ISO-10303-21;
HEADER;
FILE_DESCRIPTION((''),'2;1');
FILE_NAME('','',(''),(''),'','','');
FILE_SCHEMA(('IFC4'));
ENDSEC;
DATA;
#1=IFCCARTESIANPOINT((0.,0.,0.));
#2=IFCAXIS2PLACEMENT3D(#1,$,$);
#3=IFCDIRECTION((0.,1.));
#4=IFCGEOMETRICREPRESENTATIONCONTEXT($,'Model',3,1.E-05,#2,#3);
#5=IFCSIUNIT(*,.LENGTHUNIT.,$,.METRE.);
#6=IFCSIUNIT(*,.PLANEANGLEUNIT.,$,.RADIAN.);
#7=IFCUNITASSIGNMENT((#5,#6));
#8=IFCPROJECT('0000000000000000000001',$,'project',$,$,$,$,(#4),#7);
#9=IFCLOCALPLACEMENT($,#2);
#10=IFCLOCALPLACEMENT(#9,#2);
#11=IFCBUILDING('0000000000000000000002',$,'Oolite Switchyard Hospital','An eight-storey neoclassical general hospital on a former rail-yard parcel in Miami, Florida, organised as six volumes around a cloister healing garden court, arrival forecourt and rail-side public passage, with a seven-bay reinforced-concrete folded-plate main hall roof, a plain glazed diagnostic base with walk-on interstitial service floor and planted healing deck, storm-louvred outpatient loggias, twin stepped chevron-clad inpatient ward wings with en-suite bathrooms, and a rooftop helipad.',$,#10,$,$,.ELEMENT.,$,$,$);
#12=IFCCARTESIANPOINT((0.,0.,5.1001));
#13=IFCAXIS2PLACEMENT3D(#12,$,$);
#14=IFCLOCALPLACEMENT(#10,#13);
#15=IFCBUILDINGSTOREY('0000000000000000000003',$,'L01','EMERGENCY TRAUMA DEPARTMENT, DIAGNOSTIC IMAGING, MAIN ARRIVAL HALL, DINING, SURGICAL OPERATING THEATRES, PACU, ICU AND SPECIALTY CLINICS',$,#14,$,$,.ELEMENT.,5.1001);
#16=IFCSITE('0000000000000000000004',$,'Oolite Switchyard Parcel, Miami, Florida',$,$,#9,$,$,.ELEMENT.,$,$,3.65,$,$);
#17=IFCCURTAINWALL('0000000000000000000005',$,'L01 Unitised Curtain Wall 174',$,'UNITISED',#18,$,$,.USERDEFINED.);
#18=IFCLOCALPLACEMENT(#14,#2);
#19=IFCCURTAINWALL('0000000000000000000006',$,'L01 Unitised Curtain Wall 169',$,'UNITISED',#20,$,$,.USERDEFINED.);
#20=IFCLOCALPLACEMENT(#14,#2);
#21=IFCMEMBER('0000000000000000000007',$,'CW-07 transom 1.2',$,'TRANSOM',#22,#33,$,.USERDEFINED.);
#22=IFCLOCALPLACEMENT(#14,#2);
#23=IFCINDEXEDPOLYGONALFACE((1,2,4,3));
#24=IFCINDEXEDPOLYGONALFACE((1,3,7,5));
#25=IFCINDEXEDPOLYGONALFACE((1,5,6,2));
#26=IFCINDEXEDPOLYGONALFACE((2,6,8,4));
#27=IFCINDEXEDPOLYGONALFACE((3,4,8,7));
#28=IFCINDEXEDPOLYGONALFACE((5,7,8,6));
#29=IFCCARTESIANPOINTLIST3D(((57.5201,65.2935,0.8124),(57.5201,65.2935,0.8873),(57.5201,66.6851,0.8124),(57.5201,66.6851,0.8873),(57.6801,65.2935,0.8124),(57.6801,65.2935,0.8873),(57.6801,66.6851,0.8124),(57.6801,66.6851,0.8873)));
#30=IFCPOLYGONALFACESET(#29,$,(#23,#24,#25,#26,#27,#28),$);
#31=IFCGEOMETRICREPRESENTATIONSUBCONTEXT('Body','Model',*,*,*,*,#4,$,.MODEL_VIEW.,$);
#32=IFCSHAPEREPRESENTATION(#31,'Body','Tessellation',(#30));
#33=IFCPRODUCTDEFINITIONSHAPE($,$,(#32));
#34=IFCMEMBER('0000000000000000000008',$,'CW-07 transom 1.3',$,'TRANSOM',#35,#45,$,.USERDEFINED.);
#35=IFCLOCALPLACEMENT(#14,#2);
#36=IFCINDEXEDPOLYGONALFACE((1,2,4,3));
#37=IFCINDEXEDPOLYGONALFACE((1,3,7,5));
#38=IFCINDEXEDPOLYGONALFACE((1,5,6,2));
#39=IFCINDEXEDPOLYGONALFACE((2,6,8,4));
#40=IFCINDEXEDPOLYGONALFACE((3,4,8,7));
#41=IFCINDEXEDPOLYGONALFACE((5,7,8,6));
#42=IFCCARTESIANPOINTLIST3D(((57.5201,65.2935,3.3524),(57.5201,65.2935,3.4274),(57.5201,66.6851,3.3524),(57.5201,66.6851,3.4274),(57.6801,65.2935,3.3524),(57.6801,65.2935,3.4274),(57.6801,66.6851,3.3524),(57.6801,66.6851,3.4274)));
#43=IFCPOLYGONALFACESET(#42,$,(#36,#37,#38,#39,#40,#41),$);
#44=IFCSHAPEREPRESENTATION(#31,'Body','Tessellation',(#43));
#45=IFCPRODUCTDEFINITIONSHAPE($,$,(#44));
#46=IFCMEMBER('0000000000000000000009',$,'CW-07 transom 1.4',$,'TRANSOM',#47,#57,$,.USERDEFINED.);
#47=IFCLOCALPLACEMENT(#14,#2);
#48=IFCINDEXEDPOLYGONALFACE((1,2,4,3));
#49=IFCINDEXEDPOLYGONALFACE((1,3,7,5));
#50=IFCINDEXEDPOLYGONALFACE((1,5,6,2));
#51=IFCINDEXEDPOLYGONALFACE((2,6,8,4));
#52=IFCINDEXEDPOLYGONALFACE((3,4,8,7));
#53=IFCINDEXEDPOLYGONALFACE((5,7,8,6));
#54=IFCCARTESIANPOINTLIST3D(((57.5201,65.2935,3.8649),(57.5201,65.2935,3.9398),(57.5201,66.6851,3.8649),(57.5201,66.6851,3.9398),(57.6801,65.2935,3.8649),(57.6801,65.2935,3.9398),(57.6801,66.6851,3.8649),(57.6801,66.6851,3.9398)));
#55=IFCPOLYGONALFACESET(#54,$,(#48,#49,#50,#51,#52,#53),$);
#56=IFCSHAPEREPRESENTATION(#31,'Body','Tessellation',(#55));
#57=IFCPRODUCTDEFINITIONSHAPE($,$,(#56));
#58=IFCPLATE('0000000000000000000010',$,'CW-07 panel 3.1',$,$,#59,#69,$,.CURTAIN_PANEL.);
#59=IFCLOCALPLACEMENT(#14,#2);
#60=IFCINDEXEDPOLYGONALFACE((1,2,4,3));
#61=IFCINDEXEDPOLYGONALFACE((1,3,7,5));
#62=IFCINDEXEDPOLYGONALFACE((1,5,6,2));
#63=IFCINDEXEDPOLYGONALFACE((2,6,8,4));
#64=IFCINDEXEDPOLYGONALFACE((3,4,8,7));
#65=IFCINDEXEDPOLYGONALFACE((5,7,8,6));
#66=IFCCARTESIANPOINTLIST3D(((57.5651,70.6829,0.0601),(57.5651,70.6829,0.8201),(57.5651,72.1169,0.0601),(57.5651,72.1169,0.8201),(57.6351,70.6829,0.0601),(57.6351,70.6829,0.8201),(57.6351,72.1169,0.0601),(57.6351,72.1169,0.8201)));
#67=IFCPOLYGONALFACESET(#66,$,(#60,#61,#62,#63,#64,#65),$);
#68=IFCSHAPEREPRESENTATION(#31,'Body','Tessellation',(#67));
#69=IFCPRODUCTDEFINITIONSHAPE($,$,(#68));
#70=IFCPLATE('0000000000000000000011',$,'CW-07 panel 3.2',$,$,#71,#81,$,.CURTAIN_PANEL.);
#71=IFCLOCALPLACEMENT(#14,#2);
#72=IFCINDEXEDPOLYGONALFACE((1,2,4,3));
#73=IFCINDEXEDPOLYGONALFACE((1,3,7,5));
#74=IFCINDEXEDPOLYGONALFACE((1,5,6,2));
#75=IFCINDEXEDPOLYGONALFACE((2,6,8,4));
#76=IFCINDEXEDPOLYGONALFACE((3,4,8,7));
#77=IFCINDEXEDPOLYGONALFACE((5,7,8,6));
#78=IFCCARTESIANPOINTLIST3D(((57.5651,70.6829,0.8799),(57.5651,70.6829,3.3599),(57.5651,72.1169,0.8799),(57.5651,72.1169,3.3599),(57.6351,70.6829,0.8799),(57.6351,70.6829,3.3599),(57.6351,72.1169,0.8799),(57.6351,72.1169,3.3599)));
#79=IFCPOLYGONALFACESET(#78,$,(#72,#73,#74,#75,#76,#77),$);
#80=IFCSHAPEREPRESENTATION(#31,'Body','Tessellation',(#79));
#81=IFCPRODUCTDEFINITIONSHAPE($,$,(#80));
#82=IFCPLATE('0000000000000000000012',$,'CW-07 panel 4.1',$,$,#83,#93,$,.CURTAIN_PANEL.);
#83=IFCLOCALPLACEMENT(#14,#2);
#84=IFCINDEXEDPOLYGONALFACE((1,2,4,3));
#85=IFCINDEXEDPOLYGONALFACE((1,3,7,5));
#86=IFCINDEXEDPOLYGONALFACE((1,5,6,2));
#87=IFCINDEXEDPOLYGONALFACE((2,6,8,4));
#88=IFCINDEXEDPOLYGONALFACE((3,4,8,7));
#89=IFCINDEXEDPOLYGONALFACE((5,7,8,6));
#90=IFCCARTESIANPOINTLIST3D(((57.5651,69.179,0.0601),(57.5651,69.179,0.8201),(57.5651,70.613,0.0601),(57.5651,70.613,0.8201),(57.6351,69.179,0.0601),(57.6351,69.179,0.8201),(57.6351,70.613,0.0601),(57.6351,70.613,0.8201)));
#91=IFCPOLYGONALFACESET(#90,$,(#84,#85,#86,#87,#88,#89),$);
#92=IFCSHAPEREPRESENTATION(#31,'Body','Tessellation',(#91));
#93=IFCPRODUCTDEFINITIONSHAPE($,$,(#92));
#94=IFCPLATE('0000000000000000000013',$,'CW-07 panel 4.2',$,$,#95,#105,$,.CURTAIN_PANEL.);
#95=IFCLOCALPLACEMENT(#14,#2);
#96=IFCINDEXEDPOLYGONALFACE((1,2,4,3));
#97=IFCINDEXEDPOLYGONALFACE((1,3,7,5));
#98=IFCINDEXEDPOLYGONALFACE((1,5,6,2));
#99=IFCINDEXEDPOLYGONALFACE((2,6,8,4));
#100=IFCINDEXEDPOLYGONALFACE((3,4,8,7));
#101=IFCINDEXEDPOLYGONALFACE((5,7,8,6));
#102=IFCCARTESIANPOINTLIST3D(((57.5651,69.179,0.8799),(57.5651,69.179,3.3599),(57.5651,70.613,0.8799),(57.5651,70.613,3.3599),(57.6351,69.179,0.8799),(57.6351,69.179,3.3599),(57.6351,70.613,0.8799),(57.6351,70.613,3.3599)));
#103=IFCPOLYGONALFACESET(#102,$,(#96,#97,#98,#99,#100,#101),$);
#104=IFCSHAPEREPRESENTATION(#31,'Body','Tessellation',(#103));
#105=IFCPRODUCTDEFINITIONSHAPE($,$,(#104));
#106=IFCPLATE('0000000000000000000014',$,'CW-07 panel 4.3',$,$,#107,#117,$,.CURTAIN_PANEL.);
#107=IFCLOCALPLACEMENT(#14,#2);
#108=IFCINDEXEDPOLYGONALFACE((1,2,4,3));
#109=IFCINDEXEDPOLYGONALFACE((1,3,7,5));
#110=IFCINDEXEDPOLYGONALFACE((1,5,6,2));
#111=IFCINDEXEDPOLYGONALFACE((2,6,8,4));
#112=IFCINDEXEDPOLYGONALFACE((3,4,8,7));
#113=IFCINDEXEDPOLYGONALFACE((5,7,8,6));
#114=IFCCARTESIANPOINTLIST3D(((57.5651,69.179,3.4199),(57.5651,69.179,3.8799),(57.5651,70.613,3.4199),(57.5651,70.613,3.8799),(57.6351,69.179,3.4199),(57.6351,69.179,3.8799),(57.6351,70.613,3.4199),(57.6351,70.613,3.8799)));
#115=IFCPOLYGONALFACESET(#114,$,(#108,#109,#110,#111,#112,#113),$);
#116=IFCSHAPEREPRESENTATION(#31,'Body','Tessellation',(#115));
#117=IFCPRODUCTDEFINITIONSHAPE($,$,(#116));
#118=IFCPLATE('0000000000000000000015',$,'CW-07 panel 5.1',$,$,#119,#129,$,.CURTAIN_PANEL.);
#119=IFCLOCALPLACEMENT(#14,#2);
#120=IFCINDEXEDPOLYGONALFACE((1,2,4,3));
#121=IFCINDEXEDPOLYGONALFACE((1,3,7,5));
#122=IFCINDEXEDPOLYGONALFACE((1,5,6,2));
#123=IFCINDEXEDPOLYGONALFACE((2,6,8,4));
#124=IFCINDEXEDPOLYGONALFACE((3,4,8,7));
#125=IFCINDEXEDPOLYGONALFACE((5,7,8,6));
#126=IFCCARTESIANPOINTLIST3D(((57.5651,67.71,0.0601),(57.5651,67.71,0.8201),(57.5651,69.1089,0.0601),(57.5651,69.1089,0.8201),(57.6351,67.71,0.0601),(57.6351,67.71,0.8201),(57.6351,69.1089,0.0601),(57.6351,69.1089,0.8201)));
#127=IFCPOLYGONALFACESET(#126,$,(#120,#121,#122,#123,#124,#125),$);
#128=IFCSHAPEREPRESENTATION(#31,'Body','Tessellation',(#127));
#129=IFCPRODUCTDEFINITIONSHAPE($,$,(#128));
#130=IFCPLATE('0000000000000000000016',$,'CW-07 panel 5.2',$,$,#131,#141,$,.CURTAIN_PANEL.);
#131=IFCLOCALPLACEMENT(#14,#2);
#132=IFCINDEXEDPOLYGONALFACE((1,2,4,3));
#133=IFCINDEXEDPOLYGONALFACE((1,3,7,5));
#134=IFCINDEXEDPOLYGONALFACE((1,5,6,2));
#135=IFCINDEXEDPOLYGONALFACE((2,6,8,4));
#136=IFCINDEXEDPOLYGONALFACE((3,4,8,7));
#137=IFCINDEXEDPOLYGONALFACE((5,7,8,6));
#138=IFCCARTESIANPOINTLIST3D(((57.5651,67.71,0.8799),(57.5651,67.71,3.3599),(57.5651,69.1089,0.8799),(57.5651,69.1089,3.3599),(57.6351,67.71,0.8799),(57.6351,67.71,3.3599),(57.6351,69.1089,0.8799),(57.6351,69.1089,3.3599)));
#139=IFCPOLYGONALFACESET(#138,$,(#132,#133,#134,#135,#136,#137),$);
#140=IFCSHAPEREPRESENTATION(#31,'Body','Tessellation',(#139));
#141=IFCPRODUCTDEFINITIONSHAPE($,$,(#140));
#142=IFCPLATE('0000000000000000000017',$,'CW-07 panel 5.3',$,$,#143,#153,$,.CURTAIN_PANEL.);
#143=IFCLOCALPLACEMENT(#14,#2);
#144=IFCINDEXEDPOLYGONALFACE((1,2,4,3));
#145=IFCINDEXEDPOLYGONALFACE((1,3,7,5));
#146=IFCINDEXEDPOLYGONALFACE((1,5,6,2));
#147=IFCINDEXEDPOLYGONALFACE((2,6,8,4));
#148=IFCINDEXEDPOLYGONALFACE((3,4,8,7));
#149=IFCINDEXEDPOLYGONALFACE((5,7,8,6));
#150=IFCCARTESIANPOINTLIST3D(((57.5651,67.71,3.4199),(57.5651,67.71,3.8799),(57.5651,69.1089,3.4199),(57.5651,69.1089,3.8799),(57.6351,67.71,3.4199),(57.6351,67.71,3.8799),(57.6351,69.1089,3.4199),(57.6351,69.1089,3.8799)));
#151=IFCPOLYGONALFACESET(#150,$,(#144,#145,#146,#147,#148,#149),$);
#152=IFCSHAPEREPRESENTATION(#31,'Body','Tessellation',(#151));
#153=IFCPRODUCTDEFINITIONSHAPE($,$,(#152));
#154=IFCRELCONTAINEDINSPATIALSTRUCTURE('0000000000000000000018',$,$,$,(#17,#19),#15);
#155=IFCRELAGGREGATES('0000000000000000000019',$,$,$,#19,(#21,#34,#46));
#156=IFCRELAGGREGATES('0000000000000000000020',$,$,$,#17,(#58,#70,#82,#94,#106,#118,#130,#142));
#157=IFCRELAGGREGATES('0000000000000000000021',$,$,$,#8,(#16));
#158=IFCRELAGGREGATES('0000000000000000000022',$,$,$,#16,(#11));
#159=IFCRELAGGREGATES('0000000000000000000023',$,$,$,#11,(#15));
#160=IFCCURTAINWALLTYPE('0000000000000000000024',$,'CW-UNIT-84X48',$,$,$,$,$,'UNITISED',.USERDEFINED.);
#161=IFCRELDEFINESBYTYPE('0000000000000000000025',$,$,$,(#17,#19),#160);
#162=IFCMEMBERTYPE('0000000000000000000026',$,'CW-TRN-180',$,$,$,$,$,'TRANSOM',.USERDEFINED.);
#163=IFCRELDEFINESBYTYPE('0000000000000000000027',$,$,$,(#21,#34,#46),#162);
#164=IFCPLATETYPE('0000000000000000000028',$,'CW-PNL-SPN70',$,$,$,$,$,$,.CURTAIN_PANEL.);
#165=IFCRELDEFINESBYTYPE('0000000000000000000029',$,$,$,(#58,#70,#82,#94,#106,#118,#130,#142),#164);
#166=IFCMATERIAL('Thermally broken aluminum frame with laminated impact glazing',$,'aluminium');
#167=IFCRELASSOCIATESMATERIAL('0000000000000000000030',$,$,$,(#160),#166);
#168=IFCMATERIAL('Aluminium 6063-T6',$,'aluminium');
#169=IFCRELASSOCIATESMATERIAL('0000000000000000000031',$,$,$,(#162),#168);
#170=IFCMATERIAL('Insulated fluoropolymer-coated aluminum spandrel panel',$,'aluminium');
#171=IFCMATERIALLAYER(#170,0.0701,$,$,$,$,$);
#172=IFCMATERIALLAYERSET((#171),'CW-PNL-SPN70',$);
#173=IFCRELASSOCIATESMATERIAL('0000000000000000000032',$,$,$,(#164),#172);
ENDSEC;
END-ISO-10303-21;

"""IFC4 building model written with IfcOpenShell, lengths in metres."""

from ifc_helpers import new_model, si_unit, direction, frame, origin, origin_2d, place, context, subcontext, project, spatial, rectangle, extrude, material, layer, layer_set, material_profile, profile_set, type_object, element, aggregate, save


model = new_model("IFC4")

# Units and contexts
model_context = context("Model", 3, precision=1e-05, world=origin(), true_north=direction((0.0, 1.0)))
body_context = subcontext(model_context, "Body", "Model", "MODEL_VIEW")
ifc_project = project(units=[si_unit("LENGTHUNIT", "METRE"), si_unit("PLANEANGLEUNIT", "RADIAN")], contexts=[model_context])

# Site, building, storey
site_placement = place(None, origin())
site = spatial("IfcSite", under=ifc_project, at=site_placement, Name="Oolite Switchyard Parcel, Miami, Florida", CompositionType="ELEMENT", RefElevation=3.65)
building_placement = place(site_placement, origin())
building = spatial("IfcBuilding", under=site, at=building_placement, Name="Oolite Switchyard Hospital", Description="An eight-storey neoclassical general hospital on a former rail-yard parcel in Miami, Florida, organised as six volumes around a cloister healing garden court, arrival forecourt and rail-side public passage, with a seven-bay reinforced-concrete folded-plate main hall roof, a plain glazed diagnostic base with walk-on interstitial service floor and planted healing deck, storm-louvred outpatient loggias, twin stepped chevron-clad inpatient ward wings with en-suite bathrooms, and a rooftop helipad.", CompositionType="ELEMENT")
storey_placement = place(building_placement, frame((0.0, 0.0, 5.1001)))
storey = spatial("IfcBuildingStorey", under=building, at=storey_placement, Name="L01", Description="EMERGENCY TRAUMA DEPARTMENT, DIAGNOSTIC IMAGING, MAIN ARRIVAL HALL, DINING, SURGICAL OPERATING THEATRES, PACU, ICU AND SPECIALTY CLINICS", CompositionType="ELEMENT", Elevation=5.1001)

# Curtain wall
ifc_material_1 = material(Name="Thermally broken aluminum frame with laminated impact glazing", Category="aluminium")
curtain_wall_type = type_object("IfcCurtainWallType", Name="CW-UNIT-84X48", ElementType="UNITISED", PredefinedType="USERDEFINED", material=ifc_material_1)
curtain_wall_1_placement = place(storey_placement, origin())
curtain_wall_1 = element("IfcCurtainWall", 1, at=curtain_wall_1_placement, inside=storey, type_object=curtain_wall_type, Name="L01 Unitised Curtain Wall 174", ObjectType="UNITISED", PredefinedType="USERDEFINED")
ifc_material_2 = material(Name="Aluminium 6063-T6", Category="aluminium")

# Curtain wall
curtain_wall_2_placement = place(storey_placement, origin())
curtain_wall_2 = element("IfcCurtainWall", 2, at=curtain_wall_2_placement, inside=storey, type_object=curtain_wall_type, Name="L01 Unitised Curtain Wall 169", ObjectType="UNITISED", PredefinedType="USERDEFINED")

# Members
ifc_material_profile_1 = material_profile(ifc_material_2, rectangle(XDim=0.1599, YDim=0.075, at=origin_2d()), Name="CWT75X160")
ifc_profile_set_1 = profile_set([ifc_material_profile_1], Name="Aluminium 6063-T6")
member_type_1 = type_object("IfcMemberType", Name="CW-TRN-180", ElementType="TRANSOM", PredefinedType="USERDEFINED", material=ifc_profile_set_1)
member_1_placement = place(storey_placement, frame((57.6001, 66.6851, 0.8499), z_axis=(0.0, -1.0, 0.0), x_axis=(1.0, 0.0, 0.0)))
member_1 = element("IfcMember", 3, at=member_1_placement, type_object=member_type_1, Name="CW-07 transom 1.2", ObjectType="TRANSOM", PredefinedType="USERDEFINED", context=body_context, shape_type="SweptSolid", body=[
    extrude(rectangle(XDim=0.1599, YDim=0.075, at=origin_2d()), origin(), (0.0, 0.0, 1.0), 1.3916),
])
member_2_placement = place(storey_placement, frame((57.6001, 66.6851, 3.3899), z_axis=(0.0, -1.0, 0.0), x_axis=(1.0, 0.0, 0.0)))
member_2 = element("IfcMember", 4, at=member_2_placement, type_object=member_type_1, Name="CW-07 transom 1.3", ObjectType="TRANSOM", PredefinedType="USERDEFINED", context=body_context, shape_type="SweptSolid", body=[
    extrude(rectangle(XDim=0.1599, YDim=0.075, at=origin_2d()), origin(), (0.0, 0.0, 1.0), 1.3916),
])
member_3_placement = place(storey_placement, frame((57.6001, 66.6851, 3.9023), z_axis=(0.0, -1.0, 0.0), x_axis=(1.0, 0.0, 0.0)))
member_3 = element("IfcMember", 5, at=member_3_placement, type_object=member_type_1, Name="CW-07 transom 1.4", ObjectType="TRANSOM", PredefinedType="USERDEFINED", context=body_context, shape_type="SweptSolid", body=[
    extrude(rectangle(XDim=0.1599, YDim=0.075, at=origin_2d()), origin(), (0.0, 0.0, 1.0), 1.3916),
])
aggregate(curtain_wall_2, [member_1, member_2, member_3])

# Plates
ifc_material_3 = material(Name="Insulated fluoropolymer-coated aluminum spandrel panel", Category="aluminium")
ifc_layer = layer(ifc_material_3, 0.0701)
ifc_layer_set = layer_set([ifc_layer], Name="CW-PNL-SPN70")
plate_type = type_object("IfcPlateType", Name="CW-PNL-SPN70", PredefinedType="CURTAIN_PANEL", material=ifc_layer_set)
plate_1_placement = place(storey_placement, frame((57.6001, 71.3999, 0.0601), z_axis=(0.0, 0.0, 1.0), x_axis=(0.0, -1.0, 0.0)))
plate_1 = element("IfcPlate", 6, at=plate_1_placement, type_object=plate_type, Name="CW-07 panel 3.1", PredefinedType="CURTAIN_PANEL", context=body_context, shape_type="SweptSolid", body=[
    extrude(rectangle(XDim=1.4341, YDim=0.0701, at=origin_2d()), origin(), (0.0, 0.0, 1.0), 0.76),
])
plate_2_placement = place(storey_placement, frame((57.6001, 71.3999, 0.8799), z_axis=(0.0, 0.0, 1.0), x_axis=(0.0, -1.0, 0.0)))
plate_2 = element("IfcPlate", 7, at=plate_2_placement, type_object=plate_type, Name="CW-07 panel 3.2", PredefinedType="CURTAIN_PANEL", context=body_context, shape_type="SweptSolid", body=[
    extrude(rectangle(XDim=1.4341, YDim=0.0701, at=origin_2d()), origin(), (0.0, 0.0, 1.0), 2.48),
])
plate_3_placement = place(storey_placement, frame((57.6001, 69.896, 0.0601), z_axis=(0.0, 0.0, 1.0), x_axis=(0.0, -1.0, 0.0)))
plate_3 = element("IfcPlate", 8, at=plate_3_placement, type_object=plate_type, Name="CW-07 panel 4.1", PredefinedType="CURTAIN_PANEL", context=body_context, shape_type="SweptSolid", body=[
    extrude(rectangle(XDim=1.4341, YDim=0.0701, at=origin_2d()), origin(), (0.0, 0.0, 1.0), 0.76),
])
plate_4_placement = place(storey_placement, frame((57.6001, 69.896, 0.8799), z_axis=(0.0, 0.0, 1.0), x_axis=(0.0, -1.0, 0.0)))
plate_4 = element("IfcPlate", 9, at=plate_4_placement, type_object=plate_type, Name="CW-07 panel 4.2", PredefinedType="CURTAIN_PANEL", context=body_context, shape_type="SweptSolid", body=[
    extrude(rectangle(XDim=1.4341, YDim=0.0701, at=origin_2d()), origin(), (0.0, 0.0, 1.0), 2.48),
])
plate_5_placement = place(storey_placement, frame((57.6001, 69.896, 3.4199), z_axis=(0.0, 0.0, 1.0), x_axis=(0.0, -1.0, 0.0)))
plate_5 = element("IfcPlate", 10, at=plate_5_placement, type_object=plate_type, Name="CW-07 panel 4.3", PredefinedType="CURTAIN_PANEL", context=body_context, shape_type="SweptSolid", body=[
    extrude(rectangle(XDim=1.4341, YDim=0.0701, at=origin_2d()), origin(), (0.0, 0.0, 1.0), 0.46),
])
plate_6_placement = place(storey_placement, frame((57.6001, 68.4094, 0.0601), z_axis=(0.0, 0.0, 1.0), x_axis=(0.0, -1.0, 0.0)))
plate_6 = element("IfcPlate", 11, at=plate_6_placement, type_object=plate_type, Name="CW-07 panel 5.1", PredefinedType="CURTAIN_PANEL", context=body_context, shape_type="SweptSolid", body=[
    extrude(rectangle(XDim=1.3989, YDim=0.0701, at=origin_2d()), origin(), (0.0, 0.0, 1.0), 0.76),
])
plate_7_placement = place(storey_placement, frame((57.6001, 68.4094, 0.8799), z_axis=(0.0, 0.0, 1.0), x_axis=(0.0, -1.0, 0.0)))
plate_7 = element("IfcPlate", 12, at=plate_7_placement, type_object=plate_type, Name="CW-07 panel 5.2", PredefinedType="CURTAIN_PANEL", context=body_context, shape_type="SweptSolid", body=[
    extrude(rectangle(XDim=1.3989, YDim=0.0701, at=origin_2d()), origin(), (0.0, 0.0, 1.0), 2.48),
])
plate_8_placement = place(storey_placement, frame((57.6001, 68.4094, 3.4199), z_axis=(0.0, 0.0, 1.0), x_axis=(0.0, -1.0, 0.0)))
plate_8 = element("IfcPlate", 13, at=plate_8_placement, type_object=plate_type, Name="CW-07 panel 5.3", PredefinedType="CURTAIN_PANEL", context=body_context, shape_type="SweptSolid", body=[
    extrude(rectangle(XDim=1.3989, YDim=0.0701, at=origin_2d()), origin(), (0.0, 0.0, 1.0), 0.46),
])
aggregate(curtain_wall_1, [plate_1, plate_2, plate_3, plate_4, plate_5, plate_6, plate_7, plate_8])

save(model, "model.ifc")
